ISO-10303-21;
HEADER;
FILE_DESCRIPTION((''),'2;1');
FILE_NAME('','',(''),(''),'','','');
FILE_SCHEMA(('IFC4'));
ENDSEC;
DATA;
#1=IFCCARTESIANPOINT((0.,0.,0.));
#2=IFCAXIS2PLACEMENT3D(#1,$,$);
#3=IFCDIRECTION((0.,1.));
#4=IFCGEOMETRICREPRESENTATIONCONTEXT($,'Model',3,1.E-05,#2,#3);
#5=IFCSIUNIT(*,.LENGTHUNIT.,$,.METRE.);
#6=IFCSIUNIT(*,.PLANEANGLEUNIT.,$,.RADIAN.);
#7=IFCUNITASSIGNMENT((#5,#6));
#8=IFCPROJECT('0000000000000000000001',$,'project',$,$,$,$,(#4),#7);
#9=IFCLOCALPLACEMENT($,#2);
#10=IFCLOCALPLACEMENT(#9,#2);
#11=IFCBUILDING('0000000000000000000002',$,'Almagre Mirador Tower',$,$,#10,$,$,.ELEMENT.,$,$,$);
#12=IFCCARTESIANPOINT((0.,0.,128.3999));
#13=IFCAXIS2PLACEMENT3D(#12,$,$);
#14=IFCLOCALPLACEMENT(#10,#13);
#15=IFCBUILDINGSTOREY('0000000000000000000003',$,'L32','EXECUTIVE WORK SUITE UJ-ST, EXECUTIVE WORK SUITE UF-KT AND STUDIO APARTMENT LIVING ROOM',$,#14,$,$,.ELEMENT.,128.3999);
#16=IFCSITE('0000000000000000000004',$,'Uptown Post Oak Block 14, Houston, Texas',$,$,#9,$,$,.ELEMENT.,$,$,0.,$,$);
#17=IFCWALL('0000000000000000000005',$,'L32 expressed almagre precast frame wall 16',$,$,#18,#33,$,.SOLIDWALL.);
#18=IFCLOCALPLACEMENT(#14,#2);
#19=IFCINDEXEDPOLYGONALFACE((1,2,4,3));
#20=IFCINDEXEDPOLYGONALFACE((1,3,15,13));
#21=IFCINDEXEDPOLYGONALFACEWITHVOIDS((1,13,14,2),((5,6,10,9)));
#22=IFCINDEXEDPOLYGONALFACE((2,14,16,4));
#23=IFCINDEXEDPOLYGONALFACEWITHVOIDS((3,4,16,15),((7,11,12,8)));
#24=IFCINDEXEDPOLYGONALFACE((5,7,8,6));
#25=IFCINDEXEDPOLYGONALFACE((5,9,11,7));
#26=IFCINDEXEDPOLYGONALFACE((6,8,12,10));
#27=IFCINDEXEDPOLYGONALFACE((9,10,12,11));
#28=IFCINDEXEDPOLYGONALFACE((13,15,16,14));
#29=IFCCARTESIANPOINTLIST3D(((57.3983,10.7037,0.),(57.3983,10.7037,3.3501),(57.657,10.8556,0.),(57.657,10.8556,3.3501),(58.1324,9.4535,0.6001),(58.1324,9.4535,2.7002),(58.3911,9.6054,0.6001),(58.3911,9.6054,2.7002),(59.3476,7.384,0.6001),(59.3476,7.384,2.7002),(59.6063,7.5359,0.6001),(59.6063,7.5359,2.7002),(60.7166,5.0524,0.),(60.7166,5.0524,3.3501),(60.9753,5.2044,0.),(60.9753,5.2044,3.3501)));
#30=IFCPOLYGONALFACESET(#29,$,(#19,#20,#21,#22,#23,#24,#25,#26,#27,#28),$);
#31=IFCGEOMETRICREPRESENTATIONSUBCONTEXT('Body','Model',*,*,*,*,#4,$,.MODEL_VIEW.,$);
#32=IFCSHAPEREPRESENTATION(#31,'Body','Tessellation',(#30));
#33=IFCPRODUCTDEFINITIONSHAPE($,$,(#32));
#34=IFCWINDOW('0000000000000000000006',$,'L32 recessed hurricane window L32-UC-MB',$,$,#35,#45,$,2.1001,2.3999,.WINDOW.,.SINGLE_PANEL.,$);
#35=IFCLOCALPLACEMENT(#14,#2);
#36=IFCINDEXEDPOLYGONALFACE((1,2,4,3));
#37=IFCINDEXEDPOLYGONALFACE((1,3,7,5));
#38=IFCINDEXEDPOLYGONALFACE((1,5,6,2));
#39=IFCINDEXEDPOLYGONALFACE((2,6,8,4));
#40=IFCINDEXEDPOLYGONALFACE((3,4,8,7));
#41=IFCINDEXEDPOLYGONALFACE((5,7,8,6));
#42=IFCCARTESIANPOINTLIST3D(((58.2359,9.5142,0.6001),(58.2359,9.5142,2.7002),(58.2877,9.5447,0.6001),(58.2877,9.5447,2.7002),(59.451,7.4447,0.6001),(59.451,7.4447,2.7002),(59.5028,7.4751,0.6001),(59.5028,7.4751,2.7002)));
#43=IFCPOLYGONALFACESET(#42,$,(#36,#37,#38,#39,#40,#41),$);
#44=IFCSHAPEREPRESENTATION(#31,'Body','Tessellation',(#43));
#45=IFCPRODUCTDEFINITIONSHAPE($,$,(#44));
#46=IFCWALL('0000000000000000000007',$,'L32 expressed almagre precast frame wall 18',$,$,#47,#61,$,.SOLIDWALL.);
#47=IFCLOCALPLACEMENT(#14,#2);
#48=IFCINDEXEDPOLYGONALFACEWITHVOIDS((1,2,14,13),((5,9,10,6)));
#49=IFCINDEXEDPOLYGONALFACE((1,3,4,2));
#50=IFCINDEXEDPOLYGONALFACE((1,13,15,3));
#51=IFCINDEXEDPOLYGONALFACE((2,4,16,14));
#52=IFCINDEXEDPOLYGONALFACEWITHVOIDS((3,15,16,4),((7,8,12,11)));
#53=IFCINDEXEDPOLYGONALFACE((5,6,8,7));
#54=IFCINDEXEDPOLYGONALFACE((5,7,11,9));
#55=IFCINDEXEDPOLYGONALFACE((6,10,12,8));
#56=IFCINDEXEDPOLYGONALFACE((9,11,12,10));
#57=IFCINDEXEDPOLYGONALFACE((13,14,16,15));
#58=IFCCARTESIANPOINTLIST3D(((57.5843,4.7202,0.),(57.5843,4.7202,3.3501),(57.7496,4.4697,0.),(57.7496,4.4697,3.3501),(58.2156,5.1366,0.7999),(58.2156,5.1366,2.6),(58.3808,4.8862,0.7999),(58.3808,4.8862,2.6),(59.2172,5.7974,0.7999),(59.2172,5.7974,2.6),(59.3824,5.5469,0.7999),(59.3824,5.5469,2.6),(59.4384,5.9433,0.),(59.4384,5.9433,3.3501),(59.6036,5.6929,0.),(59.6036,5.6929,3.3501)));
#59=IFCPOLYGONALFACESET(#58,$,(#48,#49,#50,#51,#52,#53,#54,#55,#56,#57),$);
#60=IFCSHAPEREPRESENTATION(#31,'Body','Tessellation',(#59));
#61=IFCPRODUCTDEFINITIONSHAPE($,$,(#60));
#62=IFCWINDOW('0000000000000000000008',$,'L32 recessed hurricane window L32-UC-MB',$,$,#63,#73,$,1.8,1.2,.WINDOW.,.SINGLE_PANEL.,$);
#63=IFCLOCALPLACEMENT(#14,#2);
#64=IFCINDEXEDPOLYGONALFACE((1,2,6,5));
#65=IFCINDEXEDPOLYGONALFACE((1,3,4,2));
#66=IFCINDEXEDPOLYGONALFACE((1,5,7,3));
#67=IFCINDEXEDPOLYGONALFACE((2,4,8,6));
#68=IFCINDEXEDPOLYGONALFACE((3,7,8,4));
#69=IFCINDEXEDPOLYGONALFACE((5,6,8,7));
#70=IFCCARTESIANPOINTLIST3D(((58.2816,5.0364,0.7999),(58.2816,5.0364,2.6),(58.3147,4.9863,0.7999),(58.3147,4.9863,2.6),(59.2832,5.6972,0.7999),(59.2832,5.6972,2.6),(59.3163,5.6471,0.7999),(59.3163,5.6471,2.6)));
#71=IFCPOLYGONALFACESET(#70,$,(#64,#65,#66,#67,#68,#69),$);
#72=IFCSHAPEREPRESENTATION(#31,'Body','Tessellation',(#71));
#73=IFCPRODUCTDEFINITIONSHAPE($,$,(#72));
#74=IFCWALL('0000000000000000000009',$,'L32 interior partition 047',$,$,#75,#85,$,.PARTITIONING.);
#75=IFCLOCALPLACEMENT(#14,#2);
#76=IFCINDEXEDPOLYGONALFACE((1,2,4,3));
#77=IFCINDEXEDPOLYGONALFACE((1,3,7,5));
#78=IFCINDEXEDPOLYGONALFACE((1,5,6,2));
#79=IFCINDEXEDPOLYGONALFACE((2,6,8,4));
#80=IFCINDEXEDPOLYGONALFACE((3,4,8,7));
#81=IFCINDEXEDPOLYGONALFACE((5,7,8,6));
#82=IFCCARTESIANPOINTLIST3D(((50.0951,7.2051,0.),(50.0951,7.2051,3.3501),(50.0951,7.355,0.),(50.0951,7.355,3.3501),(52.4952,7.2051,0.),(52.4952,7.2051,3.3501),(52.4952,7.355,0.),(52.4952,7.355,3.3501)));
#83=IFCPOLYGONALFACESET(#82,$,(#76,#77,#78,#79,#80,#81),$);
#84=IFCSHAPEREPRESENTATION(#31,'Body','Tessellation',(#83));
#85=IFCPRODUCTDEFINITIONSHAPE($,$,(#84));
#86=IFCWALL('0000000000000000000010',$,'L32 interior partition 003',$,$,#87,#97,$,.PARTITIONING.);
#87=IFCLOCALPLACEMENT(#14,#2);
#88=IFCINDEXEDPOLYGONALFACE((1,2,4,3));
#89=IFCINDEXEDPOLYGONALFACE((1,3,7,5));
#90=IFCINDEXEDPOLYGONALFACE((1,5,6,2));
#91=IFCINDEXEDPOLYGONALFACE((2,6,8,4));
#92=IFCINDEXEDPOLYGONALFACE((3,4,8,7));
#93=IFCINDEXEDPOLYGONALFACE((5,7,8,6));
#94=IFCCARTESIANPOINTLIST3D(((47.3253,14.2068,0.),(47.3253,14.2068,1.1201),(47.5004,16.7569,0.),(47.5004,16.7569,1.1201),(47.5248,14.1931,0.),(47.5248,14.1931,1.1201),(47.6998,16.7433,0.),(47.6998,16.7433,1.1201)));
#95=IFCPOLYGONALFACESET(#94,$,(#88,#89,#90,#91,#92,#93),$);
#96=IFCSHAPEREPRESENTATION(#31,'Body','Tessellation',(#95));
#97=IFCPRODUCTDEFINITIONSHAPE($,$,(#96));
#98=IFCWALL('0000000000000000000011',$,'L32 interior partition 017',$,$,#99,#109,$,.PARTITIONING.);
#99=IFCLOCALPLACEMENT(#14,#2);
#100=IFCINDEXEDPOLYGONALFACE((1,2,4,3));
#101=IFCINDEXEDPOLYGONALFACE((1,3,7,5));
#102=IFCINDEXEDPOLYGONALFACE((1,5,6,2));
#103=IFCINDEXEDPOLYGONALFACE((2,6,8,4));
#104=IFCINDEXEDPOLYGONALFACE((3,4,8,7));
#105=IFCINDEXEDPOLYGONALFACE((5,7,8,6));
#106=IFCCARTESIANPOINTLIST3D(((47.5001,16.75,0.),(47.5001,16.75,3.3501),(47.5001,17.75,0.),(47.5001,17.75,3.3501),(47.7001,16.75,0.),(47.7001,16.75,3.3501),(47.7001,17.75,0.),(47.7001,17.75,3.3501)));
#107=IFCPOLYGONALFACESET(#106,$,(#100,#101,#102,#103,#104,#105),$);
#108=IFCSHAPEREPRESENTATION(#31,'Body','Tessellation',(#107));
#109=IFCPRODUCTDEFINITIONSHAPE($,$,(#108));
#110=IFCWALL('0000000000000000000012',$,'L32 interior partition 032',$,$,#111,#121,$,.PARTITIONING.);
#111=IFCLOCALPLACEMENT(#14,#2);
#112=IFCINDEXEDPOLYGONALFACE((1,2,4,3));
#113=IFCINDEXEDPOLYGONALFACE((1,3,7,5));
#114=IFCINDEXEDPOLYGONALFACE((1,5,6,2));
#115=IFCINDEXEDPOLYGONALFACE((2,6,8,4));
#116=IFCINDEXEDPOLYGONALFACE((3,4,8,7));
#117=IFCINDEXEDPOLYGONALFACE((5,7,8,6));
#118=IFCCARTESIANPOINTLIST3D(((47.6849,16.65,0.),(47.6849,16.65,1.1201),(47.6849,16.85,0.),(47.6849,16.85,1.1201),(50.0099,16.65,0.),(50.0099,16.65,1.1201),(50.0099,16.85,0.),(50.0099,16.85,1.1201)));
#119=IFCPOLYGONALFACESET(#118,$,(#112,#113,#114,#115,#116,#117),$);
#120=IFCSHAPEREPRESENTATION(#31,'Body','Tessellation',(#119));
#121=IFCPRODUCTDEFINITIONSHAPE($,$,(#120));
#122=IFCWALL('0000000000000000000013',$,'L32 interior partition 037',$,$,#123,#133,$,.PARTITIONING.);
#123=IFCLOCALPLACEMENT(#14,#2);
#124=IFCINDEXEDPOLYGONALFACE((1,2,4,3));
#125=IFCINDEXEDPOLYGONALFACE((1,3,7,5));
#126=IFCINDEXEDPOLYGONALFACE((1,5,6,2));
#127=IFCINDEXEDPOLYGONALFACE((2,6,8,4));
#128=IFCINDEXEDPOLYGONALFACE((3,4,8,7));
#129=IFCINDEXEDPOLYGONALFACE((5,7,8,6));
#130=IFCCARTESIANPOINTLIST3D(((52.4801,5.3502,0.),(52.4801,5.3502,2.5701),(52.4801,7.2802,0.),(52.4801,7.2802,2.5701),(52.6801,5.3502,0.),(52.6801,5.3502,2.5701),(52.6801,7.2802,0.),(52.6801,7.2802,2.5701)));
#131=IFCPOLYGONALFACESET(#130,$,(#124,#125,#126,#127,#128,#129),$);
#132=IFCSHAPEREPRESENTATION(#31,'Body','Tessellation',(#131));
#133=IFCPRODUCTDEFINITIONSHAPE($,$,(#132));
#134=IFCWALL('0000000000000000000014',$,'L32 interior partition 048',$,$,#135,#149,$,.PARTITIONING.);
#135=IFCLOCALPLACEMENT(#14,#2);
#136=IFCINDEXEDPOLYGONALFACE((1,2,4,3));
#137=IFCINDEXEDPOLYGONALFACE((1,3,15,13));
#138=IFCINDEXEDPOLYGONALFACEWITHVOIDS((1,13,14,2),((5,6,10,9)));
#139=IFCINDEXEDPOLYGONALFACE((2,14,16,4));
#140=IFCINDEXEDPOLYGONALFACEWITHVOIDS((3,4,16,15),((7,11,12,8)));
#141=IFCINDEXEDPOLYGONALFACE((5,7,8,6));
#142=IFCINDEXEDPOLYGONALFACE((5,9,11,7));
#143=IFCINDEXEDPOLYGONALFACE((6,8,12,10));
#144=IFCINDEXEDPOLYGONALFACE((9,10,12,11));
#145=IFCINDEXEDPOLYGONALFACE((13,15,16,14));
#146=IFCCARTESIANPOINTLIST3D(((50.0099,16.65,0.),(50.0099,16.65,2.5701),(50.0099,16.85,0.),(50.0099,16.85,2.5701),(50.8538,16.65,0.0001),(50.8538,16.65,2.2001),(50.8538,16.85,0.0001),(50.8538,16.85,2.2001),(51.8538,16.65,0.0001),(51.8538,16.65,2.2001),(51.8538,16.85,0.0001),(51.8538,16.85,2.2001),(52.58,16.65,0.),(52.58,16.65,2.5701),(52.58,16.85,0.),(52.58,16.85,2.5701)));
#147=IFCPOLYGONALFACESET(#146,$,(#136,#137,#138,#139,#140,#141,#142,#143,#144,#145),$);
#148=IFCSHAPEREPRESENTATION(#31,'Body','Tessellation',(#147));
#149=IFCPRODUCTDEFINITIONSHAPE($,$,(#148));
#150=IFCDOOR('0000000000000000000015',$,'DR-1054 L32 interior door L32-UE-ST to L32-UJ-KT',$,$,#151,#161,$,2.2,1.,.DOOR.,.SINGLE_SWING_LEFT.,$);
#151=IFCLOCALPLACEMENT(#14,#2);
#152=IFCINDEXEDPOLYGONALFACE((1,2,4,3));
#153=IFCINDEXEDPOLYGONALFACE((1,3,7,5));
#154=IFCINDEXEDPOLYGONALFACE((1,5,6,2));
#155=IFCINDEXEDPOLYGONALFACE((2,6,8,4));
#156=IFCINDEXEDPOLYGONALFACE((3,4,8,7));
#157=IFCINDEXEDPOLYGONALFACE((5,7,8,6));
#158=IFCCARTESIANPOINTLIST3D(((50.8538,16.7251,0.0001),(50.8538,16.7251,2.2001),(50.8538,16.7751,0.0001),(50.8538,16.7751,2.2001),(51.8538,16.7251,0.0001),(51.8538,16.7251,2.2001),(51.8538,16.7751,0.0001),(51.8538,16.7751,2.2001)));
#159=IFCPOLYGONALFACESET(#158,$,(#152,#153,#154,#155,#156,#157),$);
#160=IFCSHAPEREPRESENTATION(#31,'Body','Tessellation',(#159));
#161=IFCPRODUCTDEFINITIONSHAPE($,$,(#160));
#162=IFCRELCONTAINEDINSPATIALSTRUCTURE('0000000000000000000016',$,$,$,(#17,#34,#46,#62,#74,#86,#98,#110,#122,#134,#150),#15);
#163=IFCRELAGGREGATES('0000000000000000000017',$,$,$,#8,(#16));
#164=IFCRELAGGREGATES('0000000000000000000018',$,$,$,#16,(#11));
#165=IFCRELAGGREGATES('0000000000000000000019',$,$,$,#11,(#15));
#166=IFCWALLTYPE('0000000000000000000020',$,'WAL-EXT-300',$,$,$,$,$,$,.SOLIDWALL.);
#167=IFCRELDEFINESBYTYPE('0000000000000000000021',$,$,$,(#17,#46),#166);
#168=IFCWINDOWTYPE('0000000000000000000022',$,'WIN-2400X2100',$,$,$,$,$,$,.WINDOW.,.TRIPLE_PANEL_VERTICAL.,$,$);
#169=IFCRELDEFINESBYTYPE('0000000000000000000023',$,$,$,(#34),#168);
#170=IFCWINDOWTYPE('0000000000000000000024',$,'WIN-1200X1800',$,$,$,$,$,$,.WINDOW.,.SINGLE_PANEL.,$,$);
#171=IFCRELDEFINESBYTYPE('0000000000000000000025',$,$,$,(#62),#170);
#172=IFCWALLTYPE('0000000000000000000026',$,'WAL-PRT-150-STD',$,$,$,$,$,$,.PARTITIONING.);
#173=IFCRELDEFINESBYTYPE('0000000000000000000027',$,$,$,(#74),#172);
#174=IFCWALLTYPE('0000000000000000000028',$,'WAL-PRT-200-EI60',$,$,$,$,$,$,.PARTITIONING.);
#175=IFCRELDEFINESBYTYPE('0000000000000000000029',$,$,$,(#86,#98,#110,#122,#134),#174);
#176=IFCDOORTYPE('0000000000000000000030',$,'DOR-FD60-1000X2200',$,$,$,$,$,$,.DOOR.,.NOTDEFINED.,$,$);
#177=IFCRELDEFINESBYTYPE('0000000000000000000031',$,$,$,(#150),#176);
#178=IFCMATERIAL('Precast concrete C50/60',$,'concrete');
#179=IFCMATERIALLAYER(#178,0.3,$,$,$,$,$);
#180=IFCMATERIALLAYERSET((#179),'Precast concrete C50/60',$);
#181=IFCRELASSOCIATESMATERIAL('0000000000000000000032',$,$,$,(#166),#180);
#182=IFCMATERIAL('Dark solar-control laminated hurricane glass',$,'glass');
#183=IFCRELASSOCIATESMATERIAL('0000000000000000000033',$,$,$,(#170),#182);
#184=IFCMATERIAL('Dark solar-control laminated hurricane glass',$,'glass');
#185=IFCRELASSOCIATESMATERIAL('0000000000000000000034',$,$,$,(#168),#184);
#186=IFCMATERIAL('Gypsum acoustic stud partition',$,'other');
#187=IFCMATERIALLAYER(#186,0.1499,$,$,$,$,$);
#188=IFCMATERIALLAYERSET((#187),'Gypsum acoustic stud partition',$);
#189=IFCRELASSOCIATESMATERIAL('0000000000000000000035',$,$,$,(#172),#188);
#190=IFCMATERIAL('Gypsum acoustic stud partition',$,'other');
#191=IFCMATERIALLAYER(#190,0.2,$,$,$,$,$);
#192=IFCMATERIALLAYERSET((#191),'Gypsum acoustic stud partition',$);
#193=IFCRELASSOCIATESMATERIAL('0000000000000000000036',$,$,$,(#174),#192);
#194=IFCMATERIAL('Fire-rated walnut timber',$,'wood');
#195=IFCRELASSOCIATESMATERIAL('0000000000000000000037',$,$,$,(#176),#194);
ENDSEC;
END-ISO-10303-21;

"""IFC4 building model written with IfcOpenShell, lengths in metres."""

from ifc_helpers import new_model, si_unit, direction, frame, frame_2d, origin, place, context, subcontext, project, spatial, rectangle, extrude, material, layer, layer_set, type_object, element, fill, save


model = new_model("IFC4")

# Units and contexts
model_context = context("Model", 3, precision=1e-05, world=origin(), true_north=direction((0.0, 1.0)))
body_context = subcontext(model_context, "Body", "Model", "MODEL_VIEW")
ifc_project = project(units=[si_unit("LENGTHUNIT", "METRE"), si_unit("PLANEANGLEUNIT", "RADIAN")], contexts=[model_context])

# Site, building, storey
site_placement = place(None, origin())
site = spatial("IfcSite", under=ifc_project, at=site_placement, Name="Uptown Post Oak Block 14, Houston, Texas", CompositionType="ELEMENT", RefElevation=0.0)
building_placement = place(site_placement, origin())
building = spatial("IfcBuilding", under=site, at=building_placement, Name="Almagre Mirador Tower", CompositionType="ELEMENT")
storey_placement = place(building_placement, frame((0.0, 0.0, 128.3999)))
storey = spatial("IfcBuildingStorey", under=building, at=storey_placement, Name="L32", Description="EXECUTIVE WORK SUITE UJ-ST, EXECUTIVE WORK SUITE UF-KT AND STUDIO APARTMENT LIVING ROOM", CompositionType="ELEMENT", Elevation=128.3999)

# Shared definitions
ifc_material_1 = material(Name="Precast concrete C50/60", Category="concrete")
ifc_layer_1 = layer(ifc_material_1, 0.3)
ifc_layer_set_1 = layer_set([ifc_layer_1], Name="Precast concrete C50/60")
wall_type_1 = type_object("IfcWallType", Name="WAL-EXT-300", PredefinedType="SOLIDWALL", material=ifc_layer_set_1)
ifc_material_2 = material(Name="Dark solar-control laminated hurricane glass", Category="glass")
window_type_1 = type_object("IfcWindowType", Name="WIN-1200X1800", PartitioningType="SINGLE_PANEL", PredefinedType="WINDOW", material=ifc_material_2)

# Walls, openings, windows
wall_1_placement = place(storey_placement, frame((57.5276, 10.7798, 0.0), z_axis=(0.0, 0.0, 1.0), x_axis=(0.506343, -0.862332, 0.0)))
wall_1 = element("IfcWall", 1, at=wall_1_placement, inside=storey, type_object=wall_type_1, Name="L32 expressed almagre precast frame wall 16", PredefinedType="SOLIDWALL", context=body_context, shape_type="SweptSolid", body=[
    extrude(rectangle(XDim=6.5535, YDim=0.3, at=frame_2d((3.2769, 0.0))), origin(), (0.0, 0.0, 1.0), 3.3501),
])
opening_1_placement = place(wall_1_placement, frame((1.45, 0.0, 0.6001)))
opening_1 = element("IfcOpeningElement", 2, at=opening_1_placement, cuts=wall_1, PredefinedType="OPENING", context=body_context, shape_type="SweptSolid", body=[
    extrude(rectangle(XDim=2.3999, YDim=2.1001, at=frame_2d((1.2, 1.05))), frame((0.0, 0.1599, 0.0), z_axis=(0.0, -1.0, 0.0), x_axis=(1.0, 0.0, 0.0)), (0.0, 0.0, 1.0), 0.32),
])
ifc_material_3 = material(Name="Dark solar-control laminated hurricane glass", Category="glass")
window_type_2 = type_object("IfcWindowType", Name="WIN-2400X2100", PartitioningType="TRIPLE_PANEL_VERTICAL", PredefinedType="WINDOW", material=ifc_material_3)
window_1_placement = place(opening_1_placement, origin())
window_1 = element("IfcWindow", 3, at=window_1_placement, inside=storey, type_object=window_type_2, Name="L32 recessed hurricane window L32-UC-MB", OverallHeight=2.1001, OverallWidth=2.3999, PartitioningType="SINGLE_PANEL", PredefinedType="WINDOW", context=body_context, shape_type="SweptSolid", body=[
    extrude(rectangle(XDim=2.3999, YDim=2.1001, at=frame_2d((1.2, 1.05))), frame((0.0, 0.03, 0.0), z_axis=(0.0, -1.0, 0.0), x_axis=(1.0, 0.0, 0.0)), (0.0, 0.0, 1.0), 0.0601),
])
fill(opening_1, window_1)
wall_2_placement = place(storey_placement, frame((59.521, 5.8181, 0.0), z_axis=(0.0, 0.0, 1.0), x_axis=(-0.834712, -0.550686, 0.0)))
wall_2 = element("IfcWall", 4, at=wall_2_placement, inside=storey, type_object=wall_type_1, Name="L32 expressed almagre precast frame wall 18", PredefinedType="SOLIDWALL", context=body_context, shape_type="SweptSolid", body=[
    extrude(rectangle(XDim=2.2212, YDim=0.3, at=frame_2d((1.1106, 0.0))), origin(), (0.0, 0.0, 1.0), 3.3501),
])
opening_2_placement = place(wall_2_placement, frame((0.2649, 0.0, 0.8)))
opening_2 = element("IfcOpeningElement", 5, at=opening_2_placement, cuts=wall_2, PredefinedType="OPENING", context=body_context, shape_type="SweptSolid", body=[
    extrude(rectangle(XDim=1.2, YDim=1.8, at=frame_2d((0.6001, 0.8999))), frame((0.0, 0.1599, 0.0), z_axis=(0.0, -1.0, 0.0), x_axis=(1.0, 0.0, 0.0)), (0.0, 0.0, 1.0), 0.32),
])
window_2_placement = place(opening_2_placement, origin())
window_2 = element("IfcWindow", 6, at=window_2_placement, inside=storey, type_object=window_type_1, Name="L32 recessed hurricane window L32-UC-MB", OverallHeight=1.8, OverallWidth=1.2, PartitioningType="SINGLE_PANEL", PredefinedType="WINDOW", context=body_context, shape_type="SweptSolid", body=[
    extrude(rectangle(XDim=1.2, YDim=1.8, at=frame_2d((0.6001, 0.8999))), frame((0.0, 0.03, 0.0), z_axis=(0.0, -1.0, 0.0), x_axis=(1.0, 0.0, 0.0)), (0.0, 0.0, 1.0), 0.0601),
])
fill(opening_2, window_2)

# Walls
ifc_material_4 = material(Name="Gypsum acoustic stud partition", Category="other")
ifc_layer_2 = layer(ifc_material_4, 0.1499)
ifc_layer_set_2 = layer_set([ifc_layer_2], Name="Gypsum acoustic stud partition")
wall_type_2 = type_object("IfcWallType", Name="WAL-PRT-150-STD", PredefinedType="PARTITIONING", material=ifc_layer_set_2)
wall_3_placement = place(storey_placement, frame((50.095, 7.28, 0.0), z_axis=(0.0, 0.0, 1.0), x_axis=(1.0, 0.0, 0.0)))
element("IfcWall", 7, at=wall_3_placement, inside=storey, type_object=wall_type_2, Name="L32 interior partition 047", PredefinedType="PARTITIONING", context=body_context, shape_type="SweptSolid", body=[
    extrude(rectangle(XDim=2.4001, YDim=0.1499, at=frame_2d((1.2002, 0.0))), origin(), (0.0, 0.0, 1.0), 3.3501),
])
ifc_material_5 = material(Name="Gypsum acoustic stud partition", Category="other")
ifc_layer_3 = layer(ifc_material_5, 0.2)
ifc_layer_set_3 = layer_set([ifc_layer_3], Name="Gypsum acoustic stud partition")
wall_type_3 = type_object("IfcWallType", Name="WAL-PRT-200-EI60", PredefinedType="PARTITIONING", material=ifc_layer_set_3)
wall_4_placement = place(storey_placement, frame((47.425, 14.2, 0.0), z_axis=(0.0, 0.0, 1.0), x_axis=(0.068484, 0.997652, 0.0)))
element("IfcWall", 8, at=wall_4_placement, inside=storey, type_object=wall_type_3, Name="L32 interior partition 003", PredefinedType="PARTITIONING", context=body_context, shape_type="SweptSolid", body=[
    extrude(rectangle(XDim=2.5562, YDim=0.2, at=frame_2d((1.2781, 0.0))), origin(), (0.0, 0.0, 1.0), 1.1201),
])
wall_5_placement = place(storey_placement, frame((47.6001, 16.75, 0.0), z_axis=(0.0, 0.0, 1.0), x_axis=(0.0, 1.0, 0.0)))
element("IfcWall", 9, at=wall_5_placement, inside=storey, type_object=wall_type_3, Name="L32 interior partition 017", PredefinedType="PARTITIONING", context=body_context, shape_type="SweptSolid", body=[
    extrude(rectangle(XDim=1.0, YDim=0.2, at=frame_2d((0.5, 0.0))), origin(), (0.0, 0.0, 1.0), 3.3501),
])
wall_6_placement = place(storey_placement, frame((50.01, 16.75, 0.0), z_axis=(0.0, 0.0, 1.0), x_axis=(-1.0, 0.0, 0.0)))
element("IfcWall", 10, at=wall_6_placement, inside=storey, type_object=wall_type_3, Name="L32 interior partition 032", PredefinedType="PARTITIONING", context=body_context, shape_type="SweptSolid", body=[
    extrude(rectangle(XDim=2.325, YDim=0.2, at=frame_2d((1.1626, 0.0))), origin(), (0.0, 0.0, 1.0), 1.1201),
])
wall_7_placement = place(storey_placement, frame((52.5801, 7.28, 0.0), z_axis=(0.0, 0.0, 1.0), x_axis=(0.0, -1.0, 0.0)))
element("IfcWall", 11, at=wall_7_placement, inside=storey, type_object=wall_type_3, Name="L32 interior partition 037", PredefinedType="PARTITIONING", context=body_context, shape_type="SweptSolid", body=[
    extrude(rectangle(XDim=1.9299, YDim=0.2, at=frame_2d((0.9648, 0.0))), origin(), (0.0, 0.0, 1.0), 2.5701),
])

# Wall, opening, door
wall_8_placement = place(storey_placement, frame((52.5801, 16.75, 0.0), z_axis=(0.0, 0.0, 1.0), x_axis=(-1.0, 0.0, 0.0)))
wall_8 = element("IfcWall", 12, at=wall_8_placement, inside=storey, type_object=wall_type_3, Name="L32 interior partition 048", PredefinedType="PARTITIONING", context=body_context, shape_type="SweptSolid", body=[
    extrude(rectangle(XDim=2.5701, YDim=0.2, at=frame_2d((1.2852, 0.0))), origin(), (0.0, 0.0, 1.0), 2.5701),
])
opening_3_placement = place(wall_8_placement, frame((0.7263, 0.0, 0.0)))
opening_3 = element("IfcOpeningElement", 13, at=opening_3_placement, cuts=wall_8, PredefinedType="OPENING", context=body_context, shape_type="SweptSolid", body=[
    extrude(rectangle(XDim=1.0, YDim=2.2, at=frame_2d((0.5, 1.1001))), frame((0.0, 0.1101, 0.0), z_axis=(0.0, -1.0, 0.0), x_axis=(1.0, 0.0, 0.0)), (0.0, 0.0, 1.0), 0.22),
])
ifc_material_6 = material(Name="Fire-rated walnut timber", Category="wood")
door_type = type_object("IfcDoorType", Name="DOR-FD60-1000X2200", OperationType="NOTDEFINED", PredefinedType="DOOR", material=ifc_material_6)
door_placement = place(opening_3_placement, origin())
door = element("IfcDoor", 14, at=door_placement, inside=storey, type_object=door_type, Name="DR-1054 L32 interior door L32-UE-ST to L32-UJ-KT", OperationType="SINGLE_SWING_LEFT", OverallHeight=2.2, OverallWidth=1.0, PredefinedType="DOOR", context=body_context, shape_type="SweptSolid", body=[
    extrude(rectangle(XDim=1.0, YDim=2.2, at=frame_2d((0.5, 1.1001))), frame((0.0, 0.0249, 0.0), z_axis=(0.0, -1.0, 0.0), x_axis=(1.0, 0.0, 0.0)), (0.0, 0.0, 1.0), 0.05),
])
fill(opening_3, door)

save(model, "model.ifc")
